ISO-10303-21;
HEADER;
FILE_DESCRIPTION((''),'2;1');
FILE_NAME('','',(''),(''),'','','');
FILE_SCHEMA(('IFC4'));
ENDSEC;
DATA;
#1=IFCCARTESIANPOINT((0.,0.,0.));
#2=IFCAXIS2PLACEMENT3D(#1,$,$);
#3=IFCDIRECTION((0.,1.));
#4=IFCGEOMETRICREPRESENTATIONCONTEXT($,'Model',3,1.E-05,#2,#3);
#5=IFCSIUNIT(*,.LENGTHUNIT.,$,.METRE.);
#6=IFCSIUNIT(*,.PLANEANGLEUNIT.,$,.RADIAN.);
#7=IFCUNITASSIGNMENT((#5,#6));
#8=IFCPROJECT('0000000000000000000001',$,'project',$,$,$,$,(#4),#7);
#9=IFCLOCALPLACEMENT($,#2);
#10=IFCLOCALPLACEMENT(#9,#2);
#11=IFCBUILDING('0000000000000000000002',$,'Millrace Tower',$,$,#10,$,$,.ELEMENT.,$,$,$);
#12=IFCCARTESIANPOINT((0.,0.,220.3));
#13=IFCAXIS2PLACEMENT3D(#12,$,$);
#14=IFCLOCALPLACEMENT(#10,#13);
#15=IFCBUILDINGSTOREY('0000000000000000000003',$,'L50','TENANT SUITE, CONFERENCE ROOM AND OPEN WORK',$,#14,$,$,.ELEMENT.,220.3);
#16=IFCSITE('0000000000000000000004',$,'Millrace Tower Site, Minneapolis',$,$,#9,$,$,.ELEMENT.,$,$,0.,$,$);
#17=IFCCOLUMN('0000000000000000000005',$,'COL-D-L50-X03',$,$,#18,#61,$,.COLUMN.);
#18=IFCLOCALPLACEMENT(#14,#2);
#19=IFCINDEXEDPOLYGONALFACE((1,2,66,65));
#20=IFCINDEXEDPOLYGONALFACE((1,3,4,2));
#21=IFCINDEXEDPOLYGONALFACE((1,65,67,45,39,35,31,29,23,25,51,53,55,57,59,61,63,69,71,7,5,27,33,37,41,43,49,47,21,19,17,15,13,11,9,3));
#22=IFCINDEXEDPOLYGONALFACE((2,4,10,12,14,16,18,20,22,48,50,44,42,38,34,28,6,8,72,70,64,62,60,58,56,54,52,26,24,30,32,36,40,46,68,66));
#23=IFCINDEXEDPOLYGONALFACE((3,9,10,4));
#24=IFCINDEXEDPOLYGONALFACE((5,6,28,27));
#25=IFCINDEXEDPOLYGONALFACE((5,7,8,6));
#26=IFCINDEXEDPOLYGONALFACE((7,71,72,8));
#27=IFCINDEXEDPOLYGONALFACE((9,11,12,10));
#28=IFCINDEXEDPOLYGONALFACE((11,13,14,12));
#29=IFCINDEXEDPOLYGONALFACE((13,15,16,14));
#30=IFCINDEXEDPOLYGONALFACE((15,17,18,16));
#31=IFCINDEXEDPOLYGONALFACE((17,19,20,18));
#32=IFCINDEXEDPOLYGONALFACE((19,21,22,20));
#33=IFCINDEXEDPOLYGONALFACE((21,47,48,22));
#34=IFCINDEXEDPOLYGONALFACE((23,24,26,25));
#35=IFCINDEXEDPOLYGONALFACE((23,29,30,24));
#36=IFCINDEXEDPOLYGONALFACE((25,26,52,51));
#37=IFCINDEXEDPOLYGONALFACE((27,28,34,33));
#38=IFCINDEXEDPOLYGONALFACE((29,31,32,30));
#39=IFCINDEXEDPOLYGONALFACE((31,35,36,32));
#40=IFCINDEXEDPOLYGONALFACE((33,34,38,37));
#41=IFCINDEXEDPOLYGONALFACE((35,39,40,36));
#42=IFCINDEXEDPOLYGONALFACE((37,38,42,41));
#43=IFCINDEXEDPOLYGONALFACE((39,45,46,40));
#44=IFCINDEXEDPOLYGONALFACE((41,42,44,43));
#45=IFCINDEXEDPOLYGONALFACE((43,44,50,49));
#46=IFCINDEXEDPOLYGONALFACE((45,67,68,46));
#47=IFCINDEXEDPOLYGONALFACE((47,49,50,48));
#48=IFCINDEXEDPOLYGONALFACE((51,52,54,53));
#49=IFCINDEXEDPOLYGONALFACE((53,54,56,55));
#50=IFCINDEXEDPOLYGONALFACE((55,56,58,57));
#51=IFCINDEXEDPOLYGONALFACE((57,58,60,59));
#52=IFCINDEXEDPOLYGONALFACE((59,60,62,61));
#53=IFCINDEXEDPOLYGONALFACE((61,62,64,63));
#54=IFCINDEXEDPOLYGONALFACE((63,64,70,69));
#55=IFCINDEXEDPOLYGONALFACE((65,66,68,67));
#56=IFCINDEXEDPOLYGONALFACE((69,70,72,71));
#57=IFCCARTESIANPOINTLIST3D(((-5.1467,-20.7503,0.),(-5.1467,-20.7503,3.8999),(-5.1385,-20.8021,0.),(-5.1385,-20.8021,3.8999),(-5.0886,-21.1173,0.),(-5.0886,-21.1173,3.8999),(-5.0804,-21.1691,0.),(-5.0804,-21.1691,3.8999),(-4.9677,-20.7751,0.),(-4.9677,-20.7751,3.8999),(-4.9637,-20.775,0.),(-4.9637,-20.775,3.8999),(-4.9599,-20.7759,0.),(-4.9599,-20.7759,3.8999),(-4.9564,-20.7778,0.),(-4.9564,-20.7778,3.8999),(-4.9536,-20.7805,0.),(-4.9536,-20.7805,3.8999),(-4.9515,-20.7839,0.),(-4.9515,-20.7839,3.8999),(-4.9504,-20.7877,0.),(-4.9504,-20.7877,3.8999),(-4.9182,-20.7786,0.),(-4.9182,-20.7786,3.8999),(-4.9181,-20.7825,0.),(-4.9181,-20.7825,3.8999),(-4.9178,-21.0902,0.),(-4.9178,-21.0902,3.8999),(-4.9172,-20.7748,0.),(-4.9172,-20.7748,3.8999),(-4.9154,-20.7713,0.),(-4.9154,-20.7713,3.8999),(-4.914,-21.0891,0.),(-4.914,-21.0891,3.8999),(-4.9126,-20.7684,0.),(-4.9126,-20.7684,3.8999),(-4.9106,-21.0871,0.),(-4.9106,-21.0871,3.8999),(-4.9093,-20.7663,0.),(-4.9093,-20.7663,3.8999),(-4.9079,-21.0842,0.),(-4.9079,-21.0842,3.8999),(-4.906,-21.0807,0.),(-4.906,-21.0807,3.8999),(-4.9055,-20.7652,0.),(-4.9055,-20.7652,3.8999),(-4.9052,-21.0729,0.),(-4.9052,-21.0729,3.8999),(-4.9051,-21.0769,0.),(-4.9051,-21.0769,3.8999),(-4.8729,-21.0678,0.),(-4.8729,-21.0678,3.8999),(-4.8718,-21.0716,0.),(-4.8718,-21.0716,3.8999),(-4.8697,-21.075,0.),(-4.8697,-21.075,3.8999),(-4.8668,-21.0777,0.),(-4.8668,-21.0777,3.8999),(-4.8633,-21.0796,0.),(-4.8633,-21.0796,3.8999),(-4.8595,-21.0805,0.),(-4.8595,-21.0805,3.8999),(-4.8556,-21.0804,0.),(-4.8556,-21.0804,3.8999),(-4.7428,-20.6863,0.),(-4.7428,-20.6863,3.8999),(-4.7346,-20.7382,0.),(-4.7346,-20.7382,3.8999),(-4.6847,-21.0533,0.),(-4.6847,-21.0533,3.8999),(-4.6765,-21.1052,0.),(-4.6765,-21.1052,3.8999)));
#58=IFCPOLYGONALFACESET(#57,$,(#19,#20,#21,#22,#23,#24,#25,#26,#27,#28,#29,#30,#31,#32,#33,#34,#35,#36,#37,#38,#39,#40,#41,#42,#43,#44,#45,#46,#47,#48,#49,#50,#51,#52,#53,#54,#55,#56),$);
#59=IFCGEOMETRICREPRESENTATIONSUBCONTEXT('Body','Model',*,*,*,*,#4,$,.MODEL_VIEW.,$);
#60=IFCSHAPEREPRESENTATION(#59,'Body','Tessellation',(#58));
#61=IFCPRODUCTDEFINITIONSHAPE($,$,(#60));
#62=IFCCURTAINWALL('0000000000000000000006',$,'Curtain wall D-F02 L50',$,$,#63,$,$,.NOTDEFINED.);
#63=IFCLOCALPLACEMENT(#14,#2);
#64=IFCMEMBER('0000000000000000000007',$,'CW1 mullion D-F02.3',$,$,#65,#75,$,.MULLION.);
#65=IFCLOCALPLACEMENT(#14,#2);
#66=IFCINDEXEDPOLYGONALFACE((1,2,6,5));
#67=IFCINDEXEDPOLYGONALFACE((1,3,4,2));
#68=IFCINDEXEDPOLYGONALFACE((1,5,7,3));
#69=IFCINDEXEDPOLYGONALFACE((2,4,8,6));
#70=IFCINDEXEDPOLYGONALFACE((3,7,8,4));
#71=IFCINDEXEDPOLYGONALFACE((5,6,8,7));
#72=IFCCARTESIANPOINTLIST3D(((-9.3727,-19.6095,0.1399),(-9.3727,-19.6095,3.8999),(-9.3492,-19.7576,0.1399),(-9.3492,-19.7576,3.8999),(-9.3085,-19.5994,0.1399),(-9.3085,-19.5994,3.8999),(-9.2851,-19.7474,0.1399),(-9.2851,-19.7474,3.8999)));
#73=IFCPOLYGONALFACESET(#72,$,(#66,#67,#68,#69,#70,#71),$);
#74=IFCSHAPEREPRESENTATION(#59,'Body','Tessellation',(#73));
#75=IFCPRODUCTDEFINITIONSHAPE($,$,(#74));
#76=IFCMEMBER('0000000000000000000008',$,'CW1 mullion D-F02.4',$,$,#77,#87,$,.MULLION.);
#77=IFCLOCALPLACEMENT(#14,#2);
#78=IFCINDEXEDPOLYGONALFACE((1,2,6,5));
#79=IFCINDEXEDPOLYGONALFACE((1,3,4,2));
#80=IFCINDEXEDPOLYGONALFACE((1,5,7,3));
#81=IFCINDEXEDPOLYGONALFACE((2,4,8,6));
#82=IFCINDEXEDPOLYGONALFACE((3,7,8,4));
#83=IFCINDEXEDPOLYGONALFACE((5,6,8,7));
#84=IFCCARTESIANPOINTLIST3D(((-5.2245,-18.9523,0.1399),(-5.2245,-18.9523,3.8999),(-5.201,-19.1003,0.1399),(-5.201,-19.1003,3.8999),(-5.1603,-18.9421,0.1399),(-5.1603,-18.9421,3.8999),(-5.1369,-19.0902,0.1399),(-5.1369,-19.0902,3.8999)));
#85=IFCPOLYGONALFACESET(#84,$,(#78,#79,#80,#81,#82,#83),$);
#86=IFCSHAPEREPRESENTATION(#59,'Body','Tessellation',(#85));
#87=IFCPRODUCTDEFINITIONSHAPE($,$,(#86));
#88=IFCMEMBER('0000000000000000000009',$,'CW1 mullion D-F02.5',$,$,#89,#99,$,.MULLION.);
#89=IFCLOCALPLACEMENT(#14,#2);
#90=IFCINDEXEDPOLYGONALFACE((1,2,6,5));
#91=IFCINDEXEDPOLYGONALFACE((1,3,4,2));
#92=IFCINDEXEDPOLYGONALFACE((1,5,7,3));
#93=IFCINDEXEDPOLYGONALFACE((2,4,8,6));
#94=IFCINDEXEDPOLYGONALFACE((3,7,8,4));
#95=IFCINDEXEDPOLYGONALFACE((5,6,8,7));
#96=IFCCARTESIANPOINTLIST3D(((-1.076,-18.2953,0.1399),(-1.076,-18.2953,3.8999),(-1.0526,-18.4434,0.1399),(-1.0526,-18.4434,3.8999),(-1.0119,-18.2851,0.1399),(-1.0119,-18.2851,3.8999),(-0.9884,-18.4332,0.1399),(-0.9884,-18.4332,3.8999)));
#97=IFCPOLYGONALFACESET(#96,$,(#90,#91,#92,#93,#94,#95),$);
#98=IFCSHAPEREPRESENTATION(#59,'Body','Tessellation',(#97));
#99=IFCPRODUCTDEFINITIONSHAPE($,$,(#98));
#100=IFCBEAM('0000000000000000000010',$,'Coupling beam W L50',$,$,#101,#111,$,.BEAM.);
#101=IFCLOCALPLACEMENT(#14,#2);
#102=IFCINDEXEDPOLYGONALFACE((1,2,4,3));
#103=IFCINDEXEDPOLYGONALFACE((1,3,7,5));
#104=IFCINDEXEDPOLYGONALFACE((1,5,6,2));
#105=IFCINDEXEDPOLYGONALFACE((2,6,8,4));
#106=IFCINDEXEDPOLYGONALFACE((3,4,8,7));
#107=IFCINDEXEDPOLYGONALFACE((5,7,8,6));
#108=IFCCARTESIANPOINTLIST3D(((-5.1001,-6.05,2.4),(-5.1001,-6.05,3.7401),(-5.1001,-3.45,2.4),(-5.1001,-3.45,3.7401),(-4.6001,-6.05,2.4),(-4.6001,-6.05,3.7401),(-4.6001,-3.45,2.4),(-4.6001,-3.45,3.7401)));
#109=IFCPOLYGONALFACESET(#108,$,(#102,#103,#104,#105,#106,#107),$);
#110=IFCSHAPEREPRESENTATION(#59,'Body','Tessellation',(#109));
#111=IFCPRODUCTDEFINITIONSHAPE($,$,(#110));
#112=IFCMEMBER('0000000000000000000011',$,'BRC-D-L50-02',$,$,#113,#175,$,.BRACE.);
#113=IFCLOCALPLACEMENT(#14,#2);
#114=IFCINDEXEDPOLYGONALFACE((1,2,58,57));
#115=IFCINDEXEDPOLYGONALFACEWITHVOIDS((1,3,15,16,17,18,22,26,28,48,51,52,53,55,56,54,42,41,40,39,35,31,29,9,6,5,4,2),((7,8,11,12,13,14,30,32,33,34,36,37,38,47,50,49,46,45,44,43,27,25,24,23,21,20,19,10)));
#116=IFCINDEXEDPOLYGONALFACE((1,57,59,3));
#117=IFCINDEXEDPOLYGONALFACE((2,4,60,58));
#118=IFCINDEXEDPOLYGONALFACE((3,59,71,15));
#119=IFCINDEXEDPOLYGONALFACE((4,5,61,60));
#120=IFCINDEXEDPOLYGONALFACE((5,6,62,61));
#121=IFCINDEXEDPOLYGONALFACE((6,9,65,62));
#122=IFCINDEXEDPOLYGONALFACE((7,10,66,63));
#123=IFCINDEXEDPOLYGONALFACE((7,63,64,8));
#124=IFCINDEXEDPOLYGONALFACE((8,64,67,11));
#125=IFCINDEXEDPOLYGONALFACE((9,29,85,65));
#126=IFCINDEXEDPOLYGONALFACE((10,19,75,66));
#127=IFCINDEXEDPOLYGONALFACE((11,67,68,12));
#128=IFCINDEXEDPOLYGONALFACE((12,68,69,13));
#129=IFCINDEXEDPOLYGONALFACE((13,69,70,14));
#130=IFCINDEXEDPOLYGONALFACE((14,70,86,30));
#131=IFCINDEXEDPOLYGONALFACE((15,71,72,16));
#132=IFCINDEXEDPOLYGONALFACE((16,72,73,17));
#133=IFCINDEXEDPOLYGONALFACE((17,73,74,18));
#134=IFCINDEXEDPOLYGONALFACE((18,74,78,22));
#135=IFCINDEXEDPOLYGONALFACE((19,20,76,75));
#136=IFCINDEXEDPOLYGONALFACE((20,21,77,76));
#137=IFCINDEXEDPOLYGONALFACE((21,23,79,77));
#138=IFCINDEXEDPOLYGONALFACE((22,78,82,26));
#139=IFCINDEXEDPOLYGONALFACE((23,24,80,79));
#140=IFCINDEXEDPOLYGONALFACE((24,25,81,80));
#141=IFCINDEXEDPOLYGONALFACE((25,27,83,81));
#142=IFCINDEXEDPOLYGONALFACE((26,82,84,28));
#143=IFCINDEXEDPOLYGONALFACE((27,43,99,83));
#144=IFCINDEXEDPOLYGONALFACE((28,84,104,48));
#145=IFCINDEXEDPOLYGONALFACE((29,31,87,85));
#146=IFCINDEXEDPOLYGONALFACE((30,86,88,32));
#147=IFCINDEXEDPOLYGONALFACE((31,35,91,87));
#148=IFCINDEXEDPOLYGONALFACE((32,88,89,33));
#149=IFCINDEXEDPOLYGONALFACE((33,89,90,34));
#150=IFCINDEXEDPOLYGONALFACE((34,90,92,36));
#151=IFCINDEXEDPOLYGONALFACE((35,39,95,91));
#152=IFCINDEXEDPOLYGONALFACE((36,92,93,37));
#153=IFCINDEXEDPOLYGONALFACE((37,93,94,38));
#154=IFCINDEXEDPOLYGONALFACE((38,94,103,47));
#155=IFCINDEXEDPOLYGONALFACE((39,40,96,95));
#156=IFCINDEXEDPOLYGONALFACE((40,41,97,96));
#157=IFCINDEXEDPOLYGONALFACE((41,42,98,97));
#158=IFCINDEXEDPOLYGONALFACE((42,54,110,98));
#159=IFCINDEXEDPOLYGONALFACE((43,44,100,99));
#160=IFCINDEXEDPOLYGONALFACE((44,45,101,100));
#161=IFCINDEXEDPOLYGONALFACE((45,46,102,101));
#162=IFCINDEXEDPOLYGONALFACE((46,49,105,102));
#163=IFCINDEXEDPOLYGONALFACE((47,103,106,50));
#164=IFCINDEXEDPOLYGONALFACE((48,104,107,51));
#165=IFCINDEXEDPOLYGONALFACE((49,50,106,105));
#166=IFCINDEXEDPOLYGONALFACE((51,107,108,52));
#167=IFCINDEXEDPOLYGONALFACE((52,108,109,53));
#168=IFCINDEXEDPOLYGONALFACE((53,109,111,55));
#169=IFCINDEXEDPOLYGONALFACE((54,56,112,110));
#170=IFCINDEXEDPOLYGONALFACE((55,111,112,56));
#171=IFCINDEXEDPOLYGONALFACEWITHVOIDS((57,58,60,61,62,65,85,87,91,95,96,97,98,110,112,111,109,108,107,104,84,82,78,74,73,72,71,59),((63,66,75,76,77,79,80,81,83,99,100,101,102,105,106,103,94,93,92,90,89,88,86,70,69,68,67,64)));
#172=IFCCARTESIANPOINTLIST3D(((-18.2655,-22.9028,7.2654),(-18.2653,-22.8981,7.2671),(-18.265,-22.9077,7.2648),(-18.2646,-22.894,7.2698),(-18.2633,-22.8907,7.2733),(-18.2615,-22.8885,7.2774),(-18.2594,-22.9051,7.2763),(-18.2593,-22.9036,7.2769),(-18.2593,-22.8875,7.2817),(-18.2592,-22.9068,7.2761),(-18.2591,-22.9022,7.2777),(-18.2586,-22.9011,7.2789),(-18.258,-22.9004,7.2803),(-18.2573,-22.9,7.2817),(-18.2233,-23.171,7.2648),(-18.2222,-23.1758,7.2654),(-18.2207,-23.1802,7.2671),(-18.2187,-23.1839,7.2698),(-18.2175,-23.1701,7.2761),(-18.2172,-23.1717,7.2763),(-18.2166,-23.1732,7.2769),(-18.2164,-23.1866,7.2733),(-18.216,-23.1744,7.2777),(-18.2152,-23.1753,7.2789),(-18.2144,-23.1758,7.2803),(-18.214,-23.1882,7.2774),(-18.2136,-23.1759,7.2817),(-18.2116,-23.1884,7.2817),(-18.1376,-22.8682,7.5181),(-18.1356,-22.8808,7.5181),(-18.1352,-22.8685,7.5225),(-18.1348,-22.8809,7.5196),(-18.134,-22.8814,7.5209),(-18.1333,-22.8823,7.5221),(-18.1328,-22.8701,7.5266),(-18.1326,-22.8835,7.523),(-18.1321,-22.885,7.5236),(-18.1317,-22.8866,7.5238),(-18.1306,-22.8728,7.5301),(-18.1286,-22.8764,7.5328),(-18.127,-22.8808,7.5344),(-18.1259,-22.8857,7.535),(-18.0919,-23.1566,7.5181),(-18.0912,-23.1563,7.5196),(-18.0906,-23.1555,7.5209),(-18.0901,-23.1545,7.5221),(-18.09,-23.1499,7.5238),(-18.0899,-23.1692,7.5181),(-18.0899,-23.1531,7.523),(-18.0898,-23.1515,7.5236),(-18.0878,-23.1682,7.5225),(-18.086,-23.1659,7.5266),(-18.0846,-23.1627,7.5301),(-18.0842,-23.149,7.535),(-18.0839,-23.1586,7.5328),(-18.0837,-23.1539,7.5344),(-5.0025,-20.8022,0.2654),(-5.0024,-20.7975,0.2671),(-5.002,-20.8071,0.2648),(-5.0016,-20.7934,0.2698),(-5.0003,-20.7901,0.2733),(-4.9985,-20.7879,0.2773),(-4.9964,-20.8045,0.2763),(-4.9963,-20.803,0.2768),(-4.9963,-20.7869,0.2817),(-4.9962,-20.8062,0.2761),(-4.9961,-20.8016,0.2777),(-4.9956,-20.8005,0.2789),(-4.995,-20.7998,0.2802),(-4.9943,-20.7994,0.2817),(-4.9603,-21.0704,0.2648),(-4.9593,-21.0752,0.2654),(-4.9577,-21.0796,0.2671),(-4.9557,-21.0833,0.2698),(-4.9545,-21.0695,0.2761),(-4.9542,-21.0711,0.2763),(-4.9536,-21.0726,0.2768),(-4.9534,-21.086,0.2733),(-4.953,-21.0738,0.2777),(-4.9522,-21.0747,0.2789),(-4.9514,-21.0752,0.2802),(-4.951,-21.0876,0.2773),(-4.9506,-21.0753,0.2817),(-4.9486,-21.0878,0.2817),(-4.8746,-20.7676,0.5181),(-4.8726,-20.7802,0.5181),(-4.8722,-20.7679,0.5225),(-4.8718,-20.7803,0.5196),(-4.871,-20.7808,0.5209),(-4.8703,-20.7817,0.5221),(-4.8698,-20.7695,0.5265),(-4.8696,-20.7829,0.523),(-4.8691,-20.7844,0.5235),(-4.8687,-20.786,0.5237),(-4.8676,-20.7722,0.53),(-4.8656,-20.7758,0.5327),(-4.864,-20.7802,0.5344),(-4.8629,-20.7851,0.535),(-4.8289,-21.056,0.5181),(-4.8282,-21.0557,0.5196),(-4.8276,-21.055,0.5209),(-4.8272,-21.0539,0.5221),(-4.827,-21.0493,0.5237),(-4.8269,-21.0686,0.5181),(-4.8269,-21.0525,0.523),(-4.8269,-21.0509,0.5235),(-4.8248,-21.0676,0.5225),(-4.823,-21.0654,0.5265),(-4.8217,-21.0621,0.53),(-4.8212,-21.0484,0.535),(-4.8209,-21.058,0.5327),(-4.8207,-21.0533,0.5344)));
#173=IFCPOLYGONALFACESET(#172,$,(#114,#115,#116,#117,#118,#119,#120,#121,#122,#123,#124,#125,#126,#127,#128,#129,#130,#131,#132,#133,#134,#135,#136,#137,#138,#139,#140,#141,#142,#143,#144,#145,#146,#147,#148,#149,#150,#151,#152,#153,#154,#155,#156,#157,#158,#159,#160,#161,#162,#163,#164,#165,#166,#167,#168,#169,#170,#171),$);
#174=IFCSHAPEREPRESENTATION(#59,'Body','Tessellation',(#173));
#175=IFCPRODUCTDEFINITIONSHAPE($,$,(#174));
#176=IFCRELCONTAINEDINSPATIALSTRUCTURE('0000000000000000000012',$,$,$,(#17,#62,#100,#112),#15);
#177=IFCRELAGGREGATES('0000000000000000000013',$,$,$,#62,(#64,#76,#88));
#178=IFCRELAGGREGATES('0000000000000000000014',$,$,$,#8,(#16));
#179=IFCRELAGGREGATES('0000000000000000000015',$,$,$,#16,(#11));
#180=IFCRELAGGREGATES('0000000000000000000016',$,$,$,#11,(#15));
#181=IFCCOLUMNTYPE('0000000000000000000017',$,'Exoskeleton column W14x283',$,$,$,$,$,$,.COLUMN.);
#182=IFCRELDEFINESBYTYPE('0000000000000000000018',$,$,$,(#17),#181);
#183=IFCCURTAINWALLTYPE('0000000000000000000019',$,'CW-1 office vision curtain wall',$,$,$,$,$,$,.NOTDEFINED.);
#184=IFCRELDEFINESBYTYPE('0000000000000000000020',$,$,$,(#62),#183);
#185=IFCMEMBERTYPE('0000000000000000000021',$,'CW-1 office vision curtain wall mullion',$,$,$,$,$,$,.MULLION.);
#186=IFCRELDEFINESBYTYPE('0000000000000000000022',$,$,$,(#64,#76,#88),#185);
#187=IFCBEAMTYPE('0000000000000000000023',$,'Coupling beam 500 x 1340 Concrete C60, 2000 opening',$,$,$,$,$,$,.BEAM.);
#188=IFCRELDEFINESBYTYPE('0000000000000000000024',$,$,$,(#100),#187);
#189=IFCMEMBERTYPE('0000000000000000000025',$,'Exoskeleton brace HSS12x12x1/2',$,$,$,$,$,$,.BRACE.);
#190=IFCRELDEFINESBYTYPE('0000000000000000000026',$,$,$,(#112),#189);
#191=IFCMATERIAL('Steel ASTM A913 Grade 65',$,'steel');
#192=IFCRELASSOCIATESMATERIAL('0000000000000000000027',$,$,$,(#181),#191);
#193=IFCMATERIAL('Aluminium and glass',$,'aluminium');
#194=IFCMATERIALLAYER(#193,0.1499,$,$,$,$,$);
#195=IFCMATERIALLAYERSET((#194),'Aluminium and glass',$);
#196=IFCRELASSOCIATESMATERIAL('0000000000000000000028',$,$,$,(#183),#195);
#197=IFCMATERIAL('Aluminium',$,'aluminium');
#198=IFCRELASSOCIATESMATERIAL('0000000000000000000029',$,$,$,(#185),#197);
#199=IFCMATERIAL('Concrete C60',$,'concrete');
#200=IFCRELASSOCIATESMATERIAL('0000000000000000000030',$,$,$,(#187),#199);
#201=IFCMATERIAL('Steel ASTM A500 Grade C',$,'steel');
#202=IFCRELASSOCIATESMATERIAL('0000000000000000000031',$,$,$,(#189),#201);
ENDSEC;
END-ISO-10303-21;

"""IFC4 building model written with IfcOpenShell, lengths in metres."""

from ifc_helpers import new_model, si_unit, direction, frame, origin, origin_2d, place, context, subcontext, project, spatial, rectangle, hollow_rectangle, i_section, extrude, material, layer, layer_set, material_profile, profile_set, type_object, element, aggregate, save


model = new_model("IFC4")

# Units and contexts
model_context = context("Model", 3, precision=1e-05, world=origin(), true_north=direction((0.0, 1.0)))
body_context = subcontext(model_context, "Body", "Model", "MODEL_VIEW")
ifc_project = project(units=[si_unit("LENGTHUNIT", "METRE"), si_unit("PLANEANGLEUNIT", "RADIAN")], contexts=[model_context])

# Site, building, storey
site_placement = place(None, origin())
site = spatial("IfcSite", under=ifc_project, at=site_placement, Name="Millrace Tower Site, Minneapolis", CompositionType="ELEMENT", RefElevation=0.0)
building_placement = place(site_placement, origin())
building = spatial("IfcBuilding", under=site, at=building_placement, Name="Millrace Tower", CompositionType="ELEMENT")
storey_placement = place(building_placement, frame((0.0, 0.0, 220.3)))
storey = spatial("IfcBuildingStorey", under=building, at=storey_placement, Name="L50", Description="TENANT SUITE, CONFERENCE ROOM AND OPEN WORK", CompositionType="ELEMENT", Elevation=220.3)

# Column
ifc_material_1 = material(Name="Steel ASTM A913 Grade 65", Category="steel")
ifc_material_profile_1 = material_profile(ifc_material_1, i_section(OverallWidth=0.4089, OverallDepth=0.4241, WebThickness=0.0327, FlangeThickness=0.0525, FilletRadius=0.0151, at=origin_2d()))
ifc_profile_set_1 = profile_set([ifc_material_profile_1], Name="Steel ASTM A913 Grade 65")
column_type = type_object("IfcColumnType", Name="Exoskeleton column W14x283", PredefinedType="COLUMN", material=ifc_profile_set_1)
column_placement = place(storey_placement, frame((-4.9116, -20.9277, 0.0), z_axis=(0.0, 0.0, 1.0), x_axis=(0.987688, 0.156434, 0.0)))
element("IfcColumn", 1, at=column_placement, inside=storey, type_object=column_type, Name="COL-D-L50-X03", PredefinedType="COLUMN", context=body_context, shape_type="SweptSolid", body=[
    extrude(i_section(OverallWidth=0.4089, OverallDepth=0.4241, WebThickness=0.0327, FlangeThickness=0.0525, FilletRadius=0.0151, at=origin_2d()), origin(), (0.0, 0.0, 1.0), 3.8999),
])

# Curtain wall, members
ifc_material_2 = material(Name="Aluminium and glass", Category="aluminium")
ifc_layer_1 = layer(ifc_material_2, 0.1499)
ifc_layer_set_1 = layer_set([ifc_layer_1], Name="Aluminium and glass")
curtain_wall_type = type_object("IfcCurtainWallType", Name="CW-1 office vision curtain wall", PredefinedType="NOTDEFINED", material=ifc_layer_set_1)
curtain_wall_placement = place(storey_placement, origin())
curtain_wall = element("IfcCurtainWall", 2, at=curtain_wall_placement, inside=storey, type_object=curtain_wall_type, Name="Curtain wall D-F02 L50", PredefinedType="NOTDEFINED")
ifc_material_3 = material(Name="Aluminium", Category="aluminium")
ifc_material_profile_2 = material_profile(ifc_material_3, rectangle(XDim=0.0649, YDim=0.1499, at=origin_2d()))
ifc_profile_set_2 = profile_set([ifc_material_profile_2], Name="Aluminium")
member_type_1 = type_object("IfcMemberType", Name="CW-1 office vision curtain wall mullion", PredefinedType="MULLION", material=ifc_profile_set_2)
member_1_placement = place(storey_placement, frame((-9.3289, -19.6785, 0.1399), z_axis=(0.0, 0.0, 1.0), x_axis=(0.987688, 0.156434, 0.0)))
member_1 = element("IfcMember", 3, at=member_1_placement, type_object=member_type_1, Name="CW1 mullion D-F02.3", PredefinedType="MULLION", context=body_context, shape_type="SweptSolid", body=[
    extrude(rectangle(XDim=0.0649, YDim=0.1499, at=origin_2d()), origin(), (0.0, 0.0, 1.0), 3.76),
])
member_2_placement = place(storey_placement, frame((-5.1807, -19.0212, 0.1399), z_axis=(0.0, 0.0, 1.0), x_axis=(0.987688, 0.156434, 0.0)))
member_2 = element("IfcMember", 4, at=member_2_placement, type_object=member_type_1, Name="CW1 mullion D-F02.4", PredefinedType="MULLION", context=body_context, shape_type="SweptSolid", body=[
    extrude(rectangle(XDim=0.0649, YDim=0.1499, at=origin_2d()), origin(), (0.0, 0.0, 1.0), 3.76),
])
member_3_placement = place(storey_placement, frame((-1.0322, -18.3643, 0.1399), z_axis=(0.0, 0.0, 1.0), x_axis=(0.987688, 0.156434, 0.0)))
member_3 = element("IfcMember", 5, at=member_3_placement, type_object=member_type_1, Name="CW1 mullion D-F02.5", PredefinedType="MULLION", context=body_context, shape_type="SweptSolid", body=[
    extrude(rectangle(XDim=0.0649, YDim=0.1499, at=origin_2d()), origin(), (0.0, 0.0, 1.0), 3.76),
])
aggregate(curtain_wall, [member_1, member_2, member_3])

# Beam
ifc_material_4 = material(Name="Concrete C60", Category="concrete")
ifc_material_profile_3 = material_profile(ifc_material_4, rectangle(XDim=0.5, YDim=1.3401, at=origin_2d()))
ifc_profile_set_3 = profile_set([ifc_material_profile_3], Name="Concrete C60")
beam_type_1 = type_object("IfcBeamType", Name="Coupling beam 500 x 1340 Concrete C60, 2000 opening", PredefinedType="BEAM", material=ifc_profile_set_3)
beam_1_placement = place(storey_placement, frame((-4.8501, -6.05, 3.0701), z_axis=(0.0, 1.0, 0.0), x_axis=(-1.0, 0.0, 0.0)))
element("IfcBeam", 6, at=beam_1_placement, inside=storey, type_object=beam_type_1, Name="Coupling beam W L50", PredefinedType="BEAM", context=body_context, shape_type="SweptSolid", body=[
    extrude(rectangle(XDim=0.5, YDim=1.3401, at=origin_2d()), origin(), (0.0, 0.0, 1.0), 2.6001),
])

# Member
ifc_material_5 = material(Name="Steel ASTM A500 Grade C", Category="steel")
ifc_material_profile_4 = material_profile(ifc_material_5, hollow_rectangle(XDim=0.3047, YDim=0.3047, WallThickness=0.0127, InnerFilletRadius=0.0063, OuterFilletRadius=0.019, at=origin_2d()))
ifc_profile_set_4 = profile_set([ifc_material_profile_4], Name="Steel ASTM A500 Grade C")
member_type_2 = type_object("IfcMemberType", Name="Exoskeleton brace HSS12x12x1/2", PredefinedType="BRACE", material=ifc_profile_set_4)
member_4_placement = place(storey_placement, frame((-4.9116, -20.9277, 0.3999), z_axis=(-0.875832, -0.138714, 0.462252), x_axis=(0.15643, -0.987689, 0.0)))
element("IfcMember", 7, at=member_4_placement, inside=storey, type_object=member_type_2, Name="BRC-D-L50-02", PredefinedType="BRACE", context=body_context, shape_type="SweptSolid", body=[
    extrude(hollow_rectangle(XDim=0.3047, YDim=0.3047, WallThickness=0.0127, InnerFilletRadius=0.0063, OuterFilletRadius=0.019, at=origin_2d()), origin(), (0.0, 0.0, 1.0), 15.1433),
])

save(model, "model.ifc")
